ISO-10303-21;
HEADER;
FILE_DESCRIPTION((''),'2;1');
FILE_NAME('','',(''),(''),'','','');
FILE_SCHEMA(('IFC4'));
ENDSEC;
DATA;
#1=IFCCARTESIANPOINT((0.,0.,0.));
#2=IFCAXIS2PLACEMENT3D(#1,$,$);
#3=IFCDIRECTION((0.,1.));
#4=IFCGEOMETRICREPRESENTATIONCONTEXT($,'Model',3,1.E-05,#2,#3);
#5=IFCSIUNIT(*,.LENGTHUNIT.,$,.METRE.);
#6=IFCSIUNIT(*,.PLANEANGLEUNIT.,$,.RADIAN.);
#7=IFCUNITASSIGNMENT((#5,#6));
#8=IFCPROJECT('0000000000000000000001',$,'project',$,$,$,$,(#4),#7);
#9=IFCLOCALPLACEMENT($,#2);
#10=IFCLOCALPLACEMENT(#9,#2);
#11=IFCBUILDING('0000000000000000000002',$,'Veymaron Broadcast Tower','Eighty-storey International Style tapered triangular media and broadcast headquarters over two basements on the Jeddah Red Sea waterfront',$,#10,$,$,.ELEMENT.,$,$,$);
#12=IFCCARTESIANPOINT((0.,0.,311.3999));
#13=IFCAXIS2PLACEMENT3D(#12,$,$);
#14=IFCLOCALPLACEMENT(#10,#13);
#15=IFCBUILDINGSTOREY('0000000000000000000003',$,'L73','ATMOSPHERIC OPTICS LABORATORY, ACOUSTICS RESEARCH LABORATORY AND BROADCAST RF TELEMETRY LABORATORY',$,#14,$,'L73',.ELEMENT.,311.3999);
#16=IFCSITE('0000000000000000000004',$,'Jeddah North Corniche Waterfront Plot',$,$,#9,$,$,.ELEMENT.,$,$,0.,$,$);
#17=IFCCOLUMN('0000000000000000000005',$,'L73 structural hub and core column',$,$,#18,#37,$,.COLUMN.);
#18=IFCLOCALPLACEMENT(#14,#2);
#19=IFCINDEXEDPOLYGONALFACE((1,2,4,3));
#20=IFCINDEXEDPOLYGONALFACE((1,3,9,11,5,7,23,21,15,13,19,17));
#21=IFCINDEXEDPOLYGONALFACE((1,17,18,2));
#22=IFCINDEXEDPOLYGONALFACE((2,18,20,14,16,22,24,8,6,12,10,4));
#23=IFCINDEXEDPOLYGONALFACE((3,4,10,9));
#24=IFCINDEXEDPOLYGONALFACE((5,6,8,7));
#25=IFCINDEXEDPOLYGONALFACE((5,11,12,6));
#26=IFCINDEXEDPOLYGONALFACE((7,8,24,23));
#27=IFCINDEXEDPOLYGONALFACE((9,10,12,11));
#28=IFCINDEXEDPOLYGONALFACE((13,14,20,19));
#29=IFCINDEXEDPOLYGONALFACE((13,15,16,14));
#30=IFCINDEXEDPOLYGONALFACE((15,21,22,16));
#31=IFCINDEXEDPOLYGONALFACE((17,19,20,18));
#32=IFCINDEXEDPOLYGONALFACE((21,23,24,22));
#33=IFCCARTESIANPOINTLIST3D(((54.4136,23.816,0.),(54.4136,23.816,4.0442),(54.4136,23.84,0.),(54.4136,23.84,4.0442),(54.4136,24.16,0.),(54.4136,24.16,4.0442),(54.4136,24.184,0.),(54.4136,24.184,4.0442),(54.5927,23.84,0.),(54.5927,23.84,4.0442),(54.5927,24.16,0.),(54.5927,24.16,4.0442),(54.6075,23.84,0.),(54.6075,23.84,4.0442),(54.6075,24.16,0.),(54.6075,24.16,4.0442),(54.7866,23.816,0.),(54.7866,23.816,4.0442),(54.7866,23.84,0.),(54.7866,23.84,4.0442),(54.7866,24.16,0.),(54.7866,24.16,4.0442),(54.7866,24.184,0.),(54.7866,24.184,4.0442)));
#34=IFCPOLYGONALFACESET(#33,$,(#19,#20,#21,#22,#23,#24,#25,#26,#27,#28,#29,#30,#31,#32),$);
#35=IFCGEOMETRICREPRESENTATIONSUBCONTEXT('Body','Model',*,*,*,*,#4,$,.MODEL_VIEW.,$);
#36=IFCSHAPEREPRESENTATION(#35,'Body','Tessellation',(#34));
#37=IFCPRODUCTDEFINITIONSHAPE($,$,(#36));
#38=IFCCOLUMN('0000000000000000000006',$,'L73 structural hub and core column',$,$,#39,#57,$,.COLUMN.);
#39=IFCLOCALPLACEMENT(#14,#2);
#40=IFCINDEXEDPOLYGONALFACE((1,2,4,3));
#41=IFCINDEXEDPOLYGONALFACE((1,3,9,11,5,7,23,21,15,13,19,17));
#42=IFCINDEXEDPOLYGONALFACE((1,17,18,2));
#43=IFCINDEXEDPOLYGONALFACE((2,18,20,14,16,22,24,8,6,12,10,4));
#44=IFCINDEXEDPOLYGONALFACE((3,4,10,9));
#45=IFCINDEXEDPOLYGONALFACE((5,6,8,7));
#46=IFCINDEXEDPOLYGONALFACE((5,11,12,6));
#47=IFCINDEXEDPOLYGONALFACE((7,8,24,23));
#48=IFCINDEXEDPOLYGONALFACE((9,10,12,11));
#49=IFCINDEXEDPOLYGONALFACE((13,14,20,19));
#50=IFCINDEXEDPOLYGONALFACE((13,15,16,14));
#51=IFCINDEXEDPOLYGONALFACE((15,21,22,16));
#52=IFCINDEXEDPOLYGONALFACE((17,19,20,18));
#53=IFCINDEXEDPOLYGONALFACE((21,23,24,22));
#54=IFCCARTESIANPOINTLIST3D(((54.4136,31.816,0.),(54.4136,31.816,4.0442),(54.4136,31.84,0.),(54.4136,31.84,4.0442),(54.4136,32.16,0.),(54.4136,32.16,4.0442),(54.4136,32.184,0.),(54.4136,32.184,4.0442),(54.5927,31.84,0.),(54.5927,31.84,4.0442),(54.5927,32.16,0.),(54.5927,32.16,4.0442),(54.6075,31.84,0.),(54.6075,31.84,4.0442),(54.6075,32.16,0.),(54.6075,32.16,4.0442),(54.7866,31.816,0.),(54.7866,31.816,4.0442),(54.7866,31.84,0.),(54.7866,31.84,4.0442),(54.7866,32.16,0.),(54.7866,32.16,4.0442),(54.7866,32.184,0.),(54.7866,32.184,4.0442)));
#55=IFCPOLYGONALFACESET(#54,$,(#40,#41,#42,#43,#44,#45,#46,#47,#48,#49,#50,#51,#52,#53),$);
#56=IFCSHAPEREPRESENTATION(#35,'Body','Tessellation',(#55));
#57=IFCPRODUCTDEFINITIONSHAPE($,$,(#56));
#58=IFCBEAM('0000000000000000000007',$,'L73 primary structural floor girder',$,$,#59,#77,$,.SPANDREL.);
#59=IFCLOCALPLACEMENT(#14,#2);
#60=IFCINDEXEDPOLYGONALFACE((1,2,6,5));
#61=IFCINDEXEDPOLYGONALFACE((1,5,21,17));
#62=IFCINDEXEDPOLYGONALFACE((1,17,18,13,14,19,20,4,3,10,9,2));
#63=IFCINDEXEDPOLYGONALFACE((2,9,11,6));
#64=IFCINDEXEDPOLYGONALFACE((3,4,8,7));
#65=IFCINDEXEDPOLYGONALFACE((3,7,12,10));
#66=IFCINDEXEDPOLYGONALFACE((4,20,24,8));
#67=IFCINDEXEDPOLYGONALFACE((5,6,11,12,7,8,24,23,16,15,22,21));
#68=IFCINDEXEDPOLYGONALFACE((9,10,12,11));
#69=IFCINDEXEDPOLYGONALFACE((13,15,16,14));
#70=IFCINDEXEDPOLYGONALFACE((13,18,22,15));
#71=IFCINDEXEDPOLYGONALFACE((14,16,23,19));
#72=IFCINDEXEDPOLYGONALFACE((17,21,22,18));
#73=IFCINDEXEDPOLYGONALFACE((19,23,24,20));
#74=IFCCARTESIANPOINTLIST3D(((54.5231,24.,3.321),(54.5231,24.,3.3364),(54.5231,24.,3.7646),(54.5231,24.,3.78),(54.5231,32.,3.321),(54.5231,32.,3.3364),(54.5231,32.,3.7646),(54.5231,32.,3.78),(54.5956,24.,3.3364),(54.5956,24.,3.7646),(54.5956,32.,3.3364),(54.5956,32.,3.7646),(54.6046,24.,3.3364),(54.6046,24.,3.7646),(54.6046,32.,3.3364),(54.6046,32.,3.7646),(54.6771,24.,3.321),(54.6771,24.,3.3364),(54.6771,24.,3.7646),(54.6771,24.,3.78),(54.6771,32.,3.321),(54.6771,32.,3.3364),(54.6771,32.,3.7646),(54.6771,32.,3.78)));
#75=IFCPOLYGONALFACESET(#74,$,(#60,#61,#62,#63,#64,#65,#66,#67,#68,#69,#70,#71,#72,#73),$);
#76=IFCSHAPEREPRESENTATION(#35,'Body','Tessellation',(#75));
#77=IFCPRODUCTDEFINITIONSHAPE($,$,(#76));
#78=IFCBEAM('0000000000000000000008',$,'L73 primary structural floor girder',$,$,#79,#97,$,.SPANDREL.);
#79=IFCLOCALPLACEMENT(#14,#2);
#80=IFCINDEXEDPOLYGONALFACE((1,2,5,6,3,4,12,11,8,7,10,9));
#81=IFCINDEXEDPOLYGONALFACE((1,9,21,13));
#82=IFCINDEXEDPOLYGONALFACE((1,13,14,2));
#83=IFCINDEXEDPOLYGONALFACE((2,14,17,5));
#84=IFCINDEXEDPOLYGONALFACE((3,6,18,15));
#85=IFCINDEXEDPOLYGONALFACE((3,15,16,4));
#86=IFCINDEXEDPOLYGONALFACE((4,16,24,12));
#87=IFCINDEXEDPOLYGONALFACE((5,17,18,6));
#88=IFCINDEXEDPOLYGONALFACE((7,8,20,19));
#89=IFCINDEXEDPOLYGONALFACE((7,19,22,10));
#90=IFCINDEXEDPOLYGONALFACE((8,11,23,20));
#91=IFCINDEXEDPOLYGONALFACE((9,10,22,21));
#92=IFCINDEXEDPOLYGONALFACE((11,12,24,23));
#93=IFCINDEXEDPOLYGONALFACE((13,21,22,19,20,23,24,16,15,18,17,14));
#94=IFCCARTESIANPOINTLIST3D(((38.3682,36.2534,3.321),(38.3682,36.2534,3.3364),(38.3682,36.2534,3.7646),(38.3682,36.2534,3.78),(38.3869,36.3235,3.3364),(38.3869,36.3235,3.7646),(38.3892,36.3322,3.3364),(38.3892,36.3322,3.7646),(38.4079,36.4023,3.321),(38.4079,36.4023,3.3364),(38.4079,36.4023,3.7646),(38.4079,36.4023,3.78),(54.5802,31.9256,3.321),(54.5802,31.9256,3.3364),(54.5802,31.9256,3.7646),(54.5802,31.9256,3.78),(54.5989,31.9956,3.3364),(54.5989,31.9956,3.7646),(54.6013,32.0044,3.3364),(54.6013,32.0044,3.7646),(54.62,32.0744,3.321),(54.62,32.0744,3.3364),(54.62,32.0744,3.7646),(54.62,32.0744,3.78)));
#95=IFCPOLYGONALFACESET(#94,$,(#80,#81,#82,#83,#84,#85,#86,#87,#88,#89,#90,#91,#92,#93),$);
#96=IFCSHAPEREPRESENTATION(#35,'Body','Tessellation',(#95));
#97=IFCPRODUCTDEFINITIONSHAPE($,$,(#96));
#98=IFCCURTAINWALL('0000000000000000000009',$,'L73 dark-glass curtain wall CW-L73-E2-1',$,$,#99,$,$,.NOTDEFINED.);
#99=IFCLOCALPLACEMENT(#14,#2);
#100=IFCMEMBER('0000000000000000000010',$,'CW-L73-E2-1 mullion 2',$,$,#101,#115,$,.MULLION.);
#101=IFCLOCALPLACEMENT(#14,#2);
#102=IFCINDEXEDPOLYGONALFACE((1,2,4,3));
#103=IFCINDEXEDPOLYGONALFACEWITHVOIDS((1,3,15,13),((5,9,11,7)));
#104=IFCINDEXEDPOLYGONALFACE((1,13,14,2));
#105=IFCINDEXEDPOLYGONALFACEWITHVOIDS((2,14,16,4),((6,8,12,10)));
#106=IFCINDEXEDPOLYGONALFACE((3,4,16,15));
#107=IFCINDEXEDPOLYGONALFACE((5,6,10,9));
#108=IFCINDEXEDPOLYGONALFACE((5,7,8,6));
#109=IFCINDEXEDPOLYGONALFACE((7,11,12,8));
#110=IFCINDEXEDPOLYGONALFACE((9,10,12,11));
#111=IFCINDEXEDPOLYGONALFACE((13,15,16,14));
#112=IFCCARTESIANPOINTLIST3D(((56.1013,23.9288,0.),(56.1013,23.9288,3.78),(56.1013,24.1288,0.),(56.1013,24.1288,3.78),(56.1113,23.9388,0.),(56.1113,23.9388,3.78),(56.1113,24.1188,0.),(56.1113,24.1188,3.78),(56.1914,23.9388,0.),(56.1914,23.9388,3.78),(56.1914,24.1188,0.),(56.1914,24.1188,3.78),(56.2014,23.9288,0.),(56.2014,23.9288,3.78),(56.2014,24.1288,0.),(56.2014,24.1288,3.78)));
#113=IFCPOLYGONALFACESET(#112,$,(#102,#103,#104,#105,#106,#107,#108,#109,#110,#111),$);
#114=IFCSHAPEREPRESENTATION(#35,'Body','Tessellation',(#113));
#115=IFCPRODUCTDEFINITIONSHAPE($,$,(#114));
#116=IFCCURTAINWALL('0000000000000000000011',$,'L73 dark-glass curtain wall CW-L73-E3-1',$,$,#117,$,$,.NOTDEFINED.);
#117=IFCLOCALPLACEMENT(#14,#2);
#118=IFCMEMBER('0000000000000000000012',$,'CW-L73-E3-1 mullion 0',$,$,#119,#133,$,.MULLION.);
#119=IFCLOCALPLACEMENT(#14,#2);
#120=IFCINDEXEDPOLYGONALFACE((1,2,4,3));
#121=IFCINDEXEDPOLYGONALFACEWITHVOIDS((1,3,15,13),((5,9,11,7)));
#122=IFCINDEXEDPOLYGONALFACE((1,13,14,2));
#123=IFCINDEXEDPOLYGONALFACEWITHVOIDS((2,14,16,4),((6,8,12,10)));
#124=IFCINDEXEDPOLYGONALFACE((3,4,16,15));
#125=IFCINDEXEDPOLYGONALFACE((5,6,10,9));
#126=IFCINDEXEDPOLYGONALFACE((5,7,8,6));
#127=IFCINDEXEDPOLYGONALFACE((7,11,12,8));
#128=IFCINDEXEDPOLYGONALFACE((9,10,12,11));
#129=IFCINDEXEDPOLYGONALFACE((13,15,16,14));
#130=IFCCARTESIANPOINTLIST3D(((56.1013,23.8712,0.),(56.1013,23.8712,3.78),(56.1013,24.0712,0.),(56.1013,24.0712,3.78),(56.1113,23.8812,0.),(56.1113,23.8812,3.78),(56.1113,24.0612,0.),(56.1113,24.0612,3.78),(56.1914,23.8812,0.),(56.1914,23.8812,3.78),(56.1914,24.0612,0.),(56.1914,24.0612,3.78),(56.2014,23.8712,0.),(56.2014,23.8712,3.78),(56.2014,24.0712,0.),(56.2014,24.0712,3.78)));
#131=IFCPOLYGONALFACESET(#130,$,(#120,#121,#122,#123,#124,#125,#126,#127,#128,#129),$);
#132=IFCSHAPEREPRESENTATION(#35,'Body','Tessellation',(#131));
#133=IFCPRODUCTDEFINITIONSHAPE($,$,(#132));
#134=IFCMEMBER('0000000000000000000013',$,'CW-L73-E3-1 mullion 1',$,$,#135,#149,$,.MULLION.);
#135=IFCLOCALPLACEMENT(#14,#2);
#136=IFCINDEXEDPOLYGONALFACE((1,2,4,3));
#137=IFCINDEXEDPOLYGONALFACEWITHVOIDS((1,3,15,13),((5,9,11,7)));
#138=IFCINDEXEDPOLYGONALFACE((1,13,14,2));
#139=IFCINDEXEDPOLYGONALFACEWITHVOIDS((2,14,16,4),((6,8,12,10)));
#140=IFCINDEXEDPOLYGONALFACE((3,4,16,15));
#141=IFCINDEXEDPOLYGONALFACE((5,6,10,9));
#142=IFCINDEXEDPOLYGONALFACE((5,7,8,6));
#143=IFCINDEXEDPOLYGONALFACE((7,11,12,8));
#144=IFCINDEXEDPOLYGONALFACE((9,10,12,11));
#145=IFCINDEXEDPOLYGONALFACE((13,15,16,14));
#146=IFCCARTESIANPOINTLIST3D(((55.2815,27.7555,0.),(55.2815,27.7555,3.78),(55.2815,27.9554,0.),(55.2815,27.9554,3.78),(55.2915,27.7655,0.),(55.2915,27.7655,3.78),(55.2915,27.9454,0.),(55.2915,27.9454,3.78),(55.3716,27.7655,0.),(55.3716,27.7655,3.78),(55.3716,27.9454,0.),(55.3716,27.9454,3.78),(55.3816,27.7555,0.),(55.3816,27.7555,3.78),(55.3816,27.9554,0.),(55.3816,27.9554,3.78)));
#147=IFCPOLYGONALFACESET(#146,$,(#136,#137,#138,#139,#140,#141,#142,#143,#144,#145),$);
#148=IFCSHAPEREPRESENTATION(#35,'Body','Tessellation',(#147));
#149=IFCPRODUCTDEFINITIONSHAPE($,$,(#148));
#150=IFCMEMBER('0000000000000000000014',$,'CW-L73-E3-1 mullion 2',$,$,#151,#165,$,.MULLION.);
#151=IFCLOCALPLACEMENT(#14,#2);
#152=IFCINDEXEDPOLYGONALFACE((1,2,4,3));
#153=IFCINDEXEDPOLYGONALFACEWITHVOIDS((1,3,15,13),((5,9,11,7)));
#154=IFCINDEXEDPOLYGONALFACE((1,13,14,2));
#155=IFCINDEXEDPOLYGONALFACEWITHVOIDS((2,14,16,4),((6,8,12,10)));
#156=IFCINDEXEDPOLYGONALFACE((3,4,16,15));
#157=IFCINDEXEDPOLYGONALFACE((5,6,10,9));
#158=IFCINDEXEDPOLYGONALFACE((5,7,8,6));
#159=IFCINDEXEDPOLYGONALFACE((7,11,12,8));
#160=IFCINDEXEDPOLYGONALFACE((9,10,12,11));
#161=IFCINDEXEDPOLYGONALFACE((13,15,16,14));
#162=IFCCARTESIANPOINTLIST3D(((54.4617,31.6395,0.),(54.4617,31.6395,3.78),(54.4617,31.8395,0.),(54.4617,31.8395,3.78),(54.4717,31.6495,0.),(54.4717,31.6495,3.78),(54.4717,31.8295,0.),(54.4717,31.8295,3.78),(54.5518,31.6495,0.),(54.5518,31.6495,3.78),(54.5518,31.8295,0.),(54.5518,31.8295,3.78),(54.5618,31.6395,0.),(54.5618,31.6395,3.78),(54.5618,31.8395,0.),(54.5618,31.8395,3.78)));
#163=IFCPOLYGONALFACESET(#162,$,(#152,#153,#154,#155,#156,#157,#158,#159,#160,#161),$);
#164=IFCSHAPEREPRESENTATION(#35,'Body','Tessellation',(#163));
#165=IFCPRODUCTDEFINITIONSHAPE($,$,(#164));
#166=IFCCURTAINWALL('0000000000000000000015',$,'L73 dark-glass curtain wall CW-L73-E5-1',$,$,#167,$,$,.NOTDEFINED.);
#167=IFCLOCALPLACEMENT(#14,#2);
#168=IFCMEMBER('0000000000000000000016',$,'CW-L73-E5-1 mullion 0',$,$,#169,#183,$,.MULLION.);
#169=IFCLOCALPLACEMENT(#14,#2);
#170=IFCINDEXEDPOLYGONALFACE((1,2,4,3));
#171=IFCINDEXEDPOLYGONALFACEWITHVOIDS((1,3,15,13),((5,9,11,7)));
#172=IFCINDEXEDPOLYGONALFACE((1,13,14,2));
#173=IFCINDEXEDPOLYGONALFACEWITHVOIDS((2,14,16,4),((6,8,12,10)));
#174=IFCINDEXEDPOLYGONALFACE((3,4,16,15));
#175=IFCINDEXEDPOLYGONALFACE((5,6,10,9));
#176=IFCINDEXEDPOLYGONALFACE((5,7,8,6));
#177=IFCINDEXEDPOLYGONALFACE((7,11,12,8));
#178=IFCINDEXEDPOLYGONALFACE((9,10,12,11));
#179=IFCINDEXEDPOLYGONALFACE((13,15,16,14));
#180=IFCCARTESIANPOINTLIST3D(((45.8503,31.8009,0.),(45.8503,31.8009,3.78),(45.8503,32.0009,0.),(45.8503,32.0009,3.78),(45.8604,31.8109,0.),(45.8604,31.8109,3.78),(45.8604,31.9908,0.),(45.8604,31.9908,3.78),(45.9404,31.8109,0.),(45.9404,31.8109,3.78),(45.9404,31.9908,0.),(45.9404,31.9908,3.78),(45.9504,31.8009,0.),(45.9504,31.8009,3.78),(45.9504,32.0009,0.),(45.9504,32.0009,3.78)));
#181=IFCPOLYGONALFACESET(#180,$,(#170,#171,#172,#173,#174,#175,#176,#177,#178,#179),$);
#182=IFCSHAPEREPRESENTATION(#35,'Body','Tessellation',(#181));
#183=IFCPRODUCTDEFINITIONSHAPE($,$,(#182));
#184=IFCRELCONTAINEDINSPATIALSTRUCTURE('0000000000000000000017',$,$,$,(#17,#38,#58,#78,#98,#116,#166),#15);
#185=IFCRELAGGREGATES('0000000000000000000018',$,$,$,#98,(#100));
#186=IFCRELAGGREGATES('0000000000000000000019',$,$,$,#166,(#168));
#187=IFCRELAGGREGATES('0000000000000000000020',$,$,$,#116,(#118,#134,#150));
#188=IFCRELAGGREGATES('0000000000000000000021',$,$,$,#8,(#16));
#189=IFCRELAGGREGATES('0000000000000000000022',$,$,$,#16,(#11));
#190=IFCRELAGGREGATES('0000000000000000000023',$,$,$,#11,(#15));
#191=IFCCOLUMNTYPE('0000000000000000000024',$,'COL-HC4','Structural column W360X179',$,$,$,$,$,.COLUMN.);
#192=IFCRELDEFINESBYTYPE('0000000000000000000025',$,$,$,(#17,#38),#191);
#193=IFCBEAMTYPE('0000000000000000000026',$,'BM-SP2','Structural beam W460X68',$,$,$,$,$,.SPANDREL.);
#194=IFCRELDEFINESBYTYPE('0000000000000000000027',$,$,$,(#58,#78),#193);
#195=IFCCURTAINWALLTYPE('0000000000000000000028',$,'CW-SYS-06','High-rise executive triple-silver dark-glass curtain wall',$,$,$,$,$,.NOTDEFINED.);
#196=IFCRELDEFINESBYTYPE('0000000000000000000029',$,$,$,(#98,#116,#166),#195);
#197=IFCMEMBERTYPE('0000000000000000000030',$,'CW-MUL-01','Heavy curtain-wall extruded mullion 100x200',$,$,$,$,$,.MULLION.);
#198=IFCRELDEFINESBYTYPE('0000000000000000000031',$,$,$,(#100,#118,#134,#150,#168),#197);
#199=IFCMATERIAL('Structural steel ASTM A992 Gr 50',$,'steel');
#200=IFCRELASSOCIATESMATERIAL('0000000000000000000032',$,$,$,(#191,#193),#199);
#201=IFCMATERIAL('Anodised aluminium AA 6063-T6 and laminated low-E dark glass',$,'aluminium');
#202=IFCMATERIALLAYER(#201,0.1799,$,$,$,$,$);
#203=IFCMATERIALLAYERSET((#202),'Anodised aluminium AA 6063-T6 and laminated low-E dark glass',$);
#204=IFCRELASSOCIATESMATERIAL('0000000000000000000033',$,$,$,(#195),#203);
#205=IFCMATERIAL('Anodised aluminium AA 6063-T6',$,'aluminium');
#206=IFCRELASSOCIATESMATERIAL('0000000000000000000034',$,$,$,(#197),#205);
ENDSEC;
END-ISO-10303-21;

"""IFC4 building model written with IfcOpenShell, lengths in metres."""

from ifc_helpers import new_model, si_unit, direction, frame, origin, origin_2d, place, context, subcontext, project, spatial, hollow_rectangle, i_section, extrude, material, layer, layer_set, material_profile, profile_set, type_object, element, aggregate, save


model = new_model("IFC4")

# Units and contexts
model_context = context("Model", 3, precision=1e-05, world=origin(), true_north=direction((0.0, 1.0)))
body_context = subcontext(model_context, "Body", "Model", "MODEL_VIEW")
ifc_project = project(units=[si_unit("LENGTHUNIT", "METRE"), si_unit("PLANEANGLEUNIT", "RADIAN")], contexts=[model_context])

# Site, building, storey
site_placement = place(None, origin())
site = spatial("IfcSite", under=ifc_project, at=site_placement, Name="Jeddah North Corniche Waterfront Plot", CompositionType="ELEMENT", RefElevation=0.0)
building_placement = place(site_placement, origin())
building = spatial("IfcBuilding", under=site, at=building_placement, Name="Veymaron Broadcast Tower", Description="Eighty-storey International Style tapered triangular media and broadcast headquarters over two basements on the Jeddah Red Sea waterfront", CompositionType="ELEMENT")
storey_placement = place(building_placement, frame((0.0, 0.0, 311.3999)))
storey = spatial("IfcBuildingStorey", under=building, at=storey_placement, Name="L73", Description="ATMOSPHERIC OPTICS LABORATORY, ACOUSTICS RESEARCH LABORATORY AND BROADCAST RF TELEMETRY LABORATORY", LongName="L73", CompositionType="ELEMENT", Elevation=311.3999)

# Columns
ifc_material_1 = material(Name="Structural steel ASTM A992 Gr 50", Category="steel")
ifc_material_profile_1 = material_profile(ifc_material_1, i_section(OverallWidth=0.373, OverallDepth=0.3679, WebThickness=0.0149, FlangeThickness=0.0239, at=origin_2d()), Name="W360X179")
ifc_profile_set_1 = profile_set([ifc_material_profile_1], Name="Structural steel ASTM A992 Gr 50")
column_type = type_object("IfcColumnType", Name="COL-HC4", Description="Structural column W360X179", PredefinedType="COLUMN", material=ifc_profile_set_1)
for number, where, z_axis, x_axis, name in (
    (1, (54.6001, 24.0, 0.0), (0.0, 0.0, 1.0), (1.0, 0.0, 0.0), "L73 structural hub and core column"),
    (2, (54.6001, 32.0, 0.0), (0.0, 0.0, 1.0), (1.0, 0.0, 0.0), "L73 structural hub and core column"),
):
    element("IfcColumn", number, at=place(storey_placement, frame(where, z_axis=z_axis, x_axis=x_axis)), inside=storey, type_object=column_type, Name=name, PredefinedType="COLUMN", context=body_context, shape_type="SweptSolid", body=[
        extrude(i_section(OverallWidth=0.373, OverallDepth=0.3679, WebThickness=0.0149, FlangeThickness=0.0239, at=origin_2d()), origin(), (0.0, 0.0, 1.0), 4.0442),
    ])

# Beams
ifc_material_profile_2 = material_profile(ifc_material_1, i_section(OverallWidth=0.1541, OverallDepth=0.459, WebThickness=0.009, FlangeThickness=0.0154, at=origin_2d()), Name="W460X68")
ifc_profile_set_2 = profile_set([ifc_material_profile_2], Name="Structural steel ASTM A992 Gr 50")
beam_type = type_object("IfcBeamType", Name="BM-SP2", Description="Structural beam W460X68", PredefinedType="SPANDREL", material=ifc_profile_set_2)
beam_1_placement = place(storey_placement, frame((54.6001, 24.0, 3.5505), z_axis=(0.0, 1.0, 0.0), x_axis=(-1.0, 0.0, 0.0)))
element("IfcBeam", 3, at=beam_1_placement, inside=storey, type_object=beam_type, Name="L73 primary structural floor girder", PredefinedType="SPANDREL", context=body_context, shape_type="SweptSolid", body=[
    extrude(i_section(OverallWidth=0.1541, OverallDepth=0.459, WebThickness=0.009, FlangeThickness=0.0154, at=origin_2d()), origin(), (0.0, 0.0, 1.0), 8.0),
])
beam_2_placement = place(storey_placement, frame((54.6001, 32.0, 3.5505), z_axis=(-0.966166, 0.257921, 0.0), x_axis=(-0.257921, -0.966166, 0.0)))
element("IfcBeam", 4, at=beam_2_placement, inside=storey, type_object=beam_type, Name="L73 primary structural floor girder", PredefinedType="SPANDREL", context=body_context, shape_type="SweptSolid", body=[
    extrude(i_section(OverallWidth=0.1541, OverallDepth=0.459, WebThickness=0.009, FlangeThickness=0.0154, at=origin_2d()), origin(), (0.0, 0.0, 1.0), 16.7798),
])

# Curtain wall, member
ifc_material_2 = material(Name="Anodised aluminium AA 6063-T6 and laminated low-E dark glass", Category="aluminium")
ifc_layer_1 = layer(ifc_material_2, 0.1799)
ifc_layer_set_1 = layer_set([ifc_layer_1], Name="Anodised aluminium AA 6063-T6 and laminated low-E dark glass")
curtain_wall_type = type_object("IfcCurtainWallType", Name="CW-SYS-06", Description="High-rise executive triple-silver dark-glass curtain wall", PredefinedType="NOTDEFINED", material=ifc_layer_set_1)
curtain_wall_1_placement = place(storey_placement, origin())
curtain_wall_1 = element("IfcCurtainWall", 5, at=curtain_wall_1_placement, inside=storey, type_object=curtain_wall_type, Name="L73 dark-glass curtain wall CW-L73-E2-1", PredefinedType="NOTDEFINED")
ifc_material_3 = material(Name="Anodised aluminium AA 6063-T6", Category="aluminium")
ifc_material_profile_3 = material_profile(ifc_material_3, hollow_rectangle(XDim=0.1001, YDim=0.2, WallThickness=0.01, at=origin_2d()), Name="RHS200X100X10")
ifc_profile_set_3 = profile_set([ifc_material_profile_3], Name="Anodised aluminium AA 6063-T6")
member_type_1 = type_object("IfcMemberType", Name="CW-MUL-01", Description="Heavy curtain-wall extruded mullion 100x200", PredefinedType="MULLION", material=ifc_profile_set_3)
member_1_placement = place(storey_placement, frame((56.1514, 24.0288, 0.0), z_axis=(0.0, 0.0, 1.0), x_axis=(1.0, 0.0, 0.0)))
member_1 = element("IfcMember", 6, at=member_1_placement, type_object=member_type_1, Name="CW-L73-E2-1 mullion 2", PredefinedType="MULLION", context=body_context, shape_type="SweptSolid", body=[
    extrude(hollow_rectangle(XDim=0.1001, YDim=0.2, WallThickness=0.01, at=origin_2d()), origin(), (0.0, 0.0, 1.0), 3.78),
])
aggregate(curtain_wall_1, [member_1])

# Curtain wall, members
curtain_wall_2_placement = place(storey_placement, origin())
curtain_wall_2 = element("IfcCurtainWall", 7, at=curtain_wall_2_placement, inside=storey, type_object=curtain_wall_type, Name="L73 dark-glass curtain wall CW-L73-E3-1", PredefinedType="NOTDEFINED")
member_2_placement = place(storey_placement, frame((56.1514, 23.9712, 0.0), z_axis=(0.0, 0.0, 1.0), x_axis=(1.0, 0.0, 0.0)))
member_2 = element("IfcMember", 8, at=member_2_placement, type_object=member_type_1, Name="CW-L73-E3-1 mullion 0", PredefinedType="MULLION", context=body_context, shape_type="SweptSolid", body=[
    extrude(hollow_rectangle(XDim=0.1001, YDim=0.2, WallThickness=0.01, at=origin_2d()), origin(), (0.0, 0.0, 1.0), 3.78),
])
member_3_placement = place(storey_placement, frame((55.3315, 27.8555, 0.0), z_axis=(0.0, 0.0, 1.0), x_axis=(1.0, 0.0, 0.0)))
member_3 = element("IfcMember", 9, at=member_3_placement, type_object=member_type_1, Name="CW-L73-E3-1 mullion 1", PredefinedType="MULLION", context=body_context, shape_type="SweptSolid", body=[
    extrude(hollow_rectangle(XDim=0.1001, YDim=0.2, WallThickness=0.01, at=origin_2d()), origin(), (0.0, 0.0, 1.0), 3.78),
])
member_4_placement = place(storey_placement, frame((54.5117, 31.7395, 0.0), z_axis=(0.0, 0.0, 1.0), x_axis=(1.0, 0.0, 0.0)))
member_4 = element("IfcMember", 10, at=member_4_placement, type_object=member_type_1, Name="CW-L73-E3-1 mullion 2", PredefinedType="MULLION", context=body_context, shape_type="SweptSolid", body=[
    extrude(hollow_rectangle(XDim=0.1001, YDim=0.2, WallThickness=0.01, at=origin_2d()), origin(), (0.0, 0.0, 1.0), 3.78),
])

# Curtain wall, member
curtain_wall_3_placement = place(storey_placement, origin())
curtain_wall_3 = element("IfcCurtainWall", 11, at=curtain_wall_3_placement, inside=storey, type_object=curtain_wall_type, Name="L73 dark-glass curtain wall CW-L73-E5-1", PredefinedType="NOTDEFINED")
member_5_placement = place(storey_placement, frame((45.9004, 31.9009, 0.0), z_axis=(0.0, 0.0, 1.0), x_axis=(1.0, 0.0, 0.0)))
member_5 = element("IfcMember", 12, at=member_5_placement, type_object=member_type_1, Name="CW-L73-E5-1 mullion 0", PredefinedType="MULLION", context=body_context, shape_type="SweptSolid", body=[
    extrude(hollow_rectangle(XDim=0.1001, YDim=0.2, WallThickness=0.01, at=origin_2d()), origin(), (0.0, 0.0, 1.0), 3.78),
])

aggregate(curtain_wall_3, [member_5])

aggregate(curtain_wall_2, [member_2, member_3, member_4])

save(model, "model.ifc")
